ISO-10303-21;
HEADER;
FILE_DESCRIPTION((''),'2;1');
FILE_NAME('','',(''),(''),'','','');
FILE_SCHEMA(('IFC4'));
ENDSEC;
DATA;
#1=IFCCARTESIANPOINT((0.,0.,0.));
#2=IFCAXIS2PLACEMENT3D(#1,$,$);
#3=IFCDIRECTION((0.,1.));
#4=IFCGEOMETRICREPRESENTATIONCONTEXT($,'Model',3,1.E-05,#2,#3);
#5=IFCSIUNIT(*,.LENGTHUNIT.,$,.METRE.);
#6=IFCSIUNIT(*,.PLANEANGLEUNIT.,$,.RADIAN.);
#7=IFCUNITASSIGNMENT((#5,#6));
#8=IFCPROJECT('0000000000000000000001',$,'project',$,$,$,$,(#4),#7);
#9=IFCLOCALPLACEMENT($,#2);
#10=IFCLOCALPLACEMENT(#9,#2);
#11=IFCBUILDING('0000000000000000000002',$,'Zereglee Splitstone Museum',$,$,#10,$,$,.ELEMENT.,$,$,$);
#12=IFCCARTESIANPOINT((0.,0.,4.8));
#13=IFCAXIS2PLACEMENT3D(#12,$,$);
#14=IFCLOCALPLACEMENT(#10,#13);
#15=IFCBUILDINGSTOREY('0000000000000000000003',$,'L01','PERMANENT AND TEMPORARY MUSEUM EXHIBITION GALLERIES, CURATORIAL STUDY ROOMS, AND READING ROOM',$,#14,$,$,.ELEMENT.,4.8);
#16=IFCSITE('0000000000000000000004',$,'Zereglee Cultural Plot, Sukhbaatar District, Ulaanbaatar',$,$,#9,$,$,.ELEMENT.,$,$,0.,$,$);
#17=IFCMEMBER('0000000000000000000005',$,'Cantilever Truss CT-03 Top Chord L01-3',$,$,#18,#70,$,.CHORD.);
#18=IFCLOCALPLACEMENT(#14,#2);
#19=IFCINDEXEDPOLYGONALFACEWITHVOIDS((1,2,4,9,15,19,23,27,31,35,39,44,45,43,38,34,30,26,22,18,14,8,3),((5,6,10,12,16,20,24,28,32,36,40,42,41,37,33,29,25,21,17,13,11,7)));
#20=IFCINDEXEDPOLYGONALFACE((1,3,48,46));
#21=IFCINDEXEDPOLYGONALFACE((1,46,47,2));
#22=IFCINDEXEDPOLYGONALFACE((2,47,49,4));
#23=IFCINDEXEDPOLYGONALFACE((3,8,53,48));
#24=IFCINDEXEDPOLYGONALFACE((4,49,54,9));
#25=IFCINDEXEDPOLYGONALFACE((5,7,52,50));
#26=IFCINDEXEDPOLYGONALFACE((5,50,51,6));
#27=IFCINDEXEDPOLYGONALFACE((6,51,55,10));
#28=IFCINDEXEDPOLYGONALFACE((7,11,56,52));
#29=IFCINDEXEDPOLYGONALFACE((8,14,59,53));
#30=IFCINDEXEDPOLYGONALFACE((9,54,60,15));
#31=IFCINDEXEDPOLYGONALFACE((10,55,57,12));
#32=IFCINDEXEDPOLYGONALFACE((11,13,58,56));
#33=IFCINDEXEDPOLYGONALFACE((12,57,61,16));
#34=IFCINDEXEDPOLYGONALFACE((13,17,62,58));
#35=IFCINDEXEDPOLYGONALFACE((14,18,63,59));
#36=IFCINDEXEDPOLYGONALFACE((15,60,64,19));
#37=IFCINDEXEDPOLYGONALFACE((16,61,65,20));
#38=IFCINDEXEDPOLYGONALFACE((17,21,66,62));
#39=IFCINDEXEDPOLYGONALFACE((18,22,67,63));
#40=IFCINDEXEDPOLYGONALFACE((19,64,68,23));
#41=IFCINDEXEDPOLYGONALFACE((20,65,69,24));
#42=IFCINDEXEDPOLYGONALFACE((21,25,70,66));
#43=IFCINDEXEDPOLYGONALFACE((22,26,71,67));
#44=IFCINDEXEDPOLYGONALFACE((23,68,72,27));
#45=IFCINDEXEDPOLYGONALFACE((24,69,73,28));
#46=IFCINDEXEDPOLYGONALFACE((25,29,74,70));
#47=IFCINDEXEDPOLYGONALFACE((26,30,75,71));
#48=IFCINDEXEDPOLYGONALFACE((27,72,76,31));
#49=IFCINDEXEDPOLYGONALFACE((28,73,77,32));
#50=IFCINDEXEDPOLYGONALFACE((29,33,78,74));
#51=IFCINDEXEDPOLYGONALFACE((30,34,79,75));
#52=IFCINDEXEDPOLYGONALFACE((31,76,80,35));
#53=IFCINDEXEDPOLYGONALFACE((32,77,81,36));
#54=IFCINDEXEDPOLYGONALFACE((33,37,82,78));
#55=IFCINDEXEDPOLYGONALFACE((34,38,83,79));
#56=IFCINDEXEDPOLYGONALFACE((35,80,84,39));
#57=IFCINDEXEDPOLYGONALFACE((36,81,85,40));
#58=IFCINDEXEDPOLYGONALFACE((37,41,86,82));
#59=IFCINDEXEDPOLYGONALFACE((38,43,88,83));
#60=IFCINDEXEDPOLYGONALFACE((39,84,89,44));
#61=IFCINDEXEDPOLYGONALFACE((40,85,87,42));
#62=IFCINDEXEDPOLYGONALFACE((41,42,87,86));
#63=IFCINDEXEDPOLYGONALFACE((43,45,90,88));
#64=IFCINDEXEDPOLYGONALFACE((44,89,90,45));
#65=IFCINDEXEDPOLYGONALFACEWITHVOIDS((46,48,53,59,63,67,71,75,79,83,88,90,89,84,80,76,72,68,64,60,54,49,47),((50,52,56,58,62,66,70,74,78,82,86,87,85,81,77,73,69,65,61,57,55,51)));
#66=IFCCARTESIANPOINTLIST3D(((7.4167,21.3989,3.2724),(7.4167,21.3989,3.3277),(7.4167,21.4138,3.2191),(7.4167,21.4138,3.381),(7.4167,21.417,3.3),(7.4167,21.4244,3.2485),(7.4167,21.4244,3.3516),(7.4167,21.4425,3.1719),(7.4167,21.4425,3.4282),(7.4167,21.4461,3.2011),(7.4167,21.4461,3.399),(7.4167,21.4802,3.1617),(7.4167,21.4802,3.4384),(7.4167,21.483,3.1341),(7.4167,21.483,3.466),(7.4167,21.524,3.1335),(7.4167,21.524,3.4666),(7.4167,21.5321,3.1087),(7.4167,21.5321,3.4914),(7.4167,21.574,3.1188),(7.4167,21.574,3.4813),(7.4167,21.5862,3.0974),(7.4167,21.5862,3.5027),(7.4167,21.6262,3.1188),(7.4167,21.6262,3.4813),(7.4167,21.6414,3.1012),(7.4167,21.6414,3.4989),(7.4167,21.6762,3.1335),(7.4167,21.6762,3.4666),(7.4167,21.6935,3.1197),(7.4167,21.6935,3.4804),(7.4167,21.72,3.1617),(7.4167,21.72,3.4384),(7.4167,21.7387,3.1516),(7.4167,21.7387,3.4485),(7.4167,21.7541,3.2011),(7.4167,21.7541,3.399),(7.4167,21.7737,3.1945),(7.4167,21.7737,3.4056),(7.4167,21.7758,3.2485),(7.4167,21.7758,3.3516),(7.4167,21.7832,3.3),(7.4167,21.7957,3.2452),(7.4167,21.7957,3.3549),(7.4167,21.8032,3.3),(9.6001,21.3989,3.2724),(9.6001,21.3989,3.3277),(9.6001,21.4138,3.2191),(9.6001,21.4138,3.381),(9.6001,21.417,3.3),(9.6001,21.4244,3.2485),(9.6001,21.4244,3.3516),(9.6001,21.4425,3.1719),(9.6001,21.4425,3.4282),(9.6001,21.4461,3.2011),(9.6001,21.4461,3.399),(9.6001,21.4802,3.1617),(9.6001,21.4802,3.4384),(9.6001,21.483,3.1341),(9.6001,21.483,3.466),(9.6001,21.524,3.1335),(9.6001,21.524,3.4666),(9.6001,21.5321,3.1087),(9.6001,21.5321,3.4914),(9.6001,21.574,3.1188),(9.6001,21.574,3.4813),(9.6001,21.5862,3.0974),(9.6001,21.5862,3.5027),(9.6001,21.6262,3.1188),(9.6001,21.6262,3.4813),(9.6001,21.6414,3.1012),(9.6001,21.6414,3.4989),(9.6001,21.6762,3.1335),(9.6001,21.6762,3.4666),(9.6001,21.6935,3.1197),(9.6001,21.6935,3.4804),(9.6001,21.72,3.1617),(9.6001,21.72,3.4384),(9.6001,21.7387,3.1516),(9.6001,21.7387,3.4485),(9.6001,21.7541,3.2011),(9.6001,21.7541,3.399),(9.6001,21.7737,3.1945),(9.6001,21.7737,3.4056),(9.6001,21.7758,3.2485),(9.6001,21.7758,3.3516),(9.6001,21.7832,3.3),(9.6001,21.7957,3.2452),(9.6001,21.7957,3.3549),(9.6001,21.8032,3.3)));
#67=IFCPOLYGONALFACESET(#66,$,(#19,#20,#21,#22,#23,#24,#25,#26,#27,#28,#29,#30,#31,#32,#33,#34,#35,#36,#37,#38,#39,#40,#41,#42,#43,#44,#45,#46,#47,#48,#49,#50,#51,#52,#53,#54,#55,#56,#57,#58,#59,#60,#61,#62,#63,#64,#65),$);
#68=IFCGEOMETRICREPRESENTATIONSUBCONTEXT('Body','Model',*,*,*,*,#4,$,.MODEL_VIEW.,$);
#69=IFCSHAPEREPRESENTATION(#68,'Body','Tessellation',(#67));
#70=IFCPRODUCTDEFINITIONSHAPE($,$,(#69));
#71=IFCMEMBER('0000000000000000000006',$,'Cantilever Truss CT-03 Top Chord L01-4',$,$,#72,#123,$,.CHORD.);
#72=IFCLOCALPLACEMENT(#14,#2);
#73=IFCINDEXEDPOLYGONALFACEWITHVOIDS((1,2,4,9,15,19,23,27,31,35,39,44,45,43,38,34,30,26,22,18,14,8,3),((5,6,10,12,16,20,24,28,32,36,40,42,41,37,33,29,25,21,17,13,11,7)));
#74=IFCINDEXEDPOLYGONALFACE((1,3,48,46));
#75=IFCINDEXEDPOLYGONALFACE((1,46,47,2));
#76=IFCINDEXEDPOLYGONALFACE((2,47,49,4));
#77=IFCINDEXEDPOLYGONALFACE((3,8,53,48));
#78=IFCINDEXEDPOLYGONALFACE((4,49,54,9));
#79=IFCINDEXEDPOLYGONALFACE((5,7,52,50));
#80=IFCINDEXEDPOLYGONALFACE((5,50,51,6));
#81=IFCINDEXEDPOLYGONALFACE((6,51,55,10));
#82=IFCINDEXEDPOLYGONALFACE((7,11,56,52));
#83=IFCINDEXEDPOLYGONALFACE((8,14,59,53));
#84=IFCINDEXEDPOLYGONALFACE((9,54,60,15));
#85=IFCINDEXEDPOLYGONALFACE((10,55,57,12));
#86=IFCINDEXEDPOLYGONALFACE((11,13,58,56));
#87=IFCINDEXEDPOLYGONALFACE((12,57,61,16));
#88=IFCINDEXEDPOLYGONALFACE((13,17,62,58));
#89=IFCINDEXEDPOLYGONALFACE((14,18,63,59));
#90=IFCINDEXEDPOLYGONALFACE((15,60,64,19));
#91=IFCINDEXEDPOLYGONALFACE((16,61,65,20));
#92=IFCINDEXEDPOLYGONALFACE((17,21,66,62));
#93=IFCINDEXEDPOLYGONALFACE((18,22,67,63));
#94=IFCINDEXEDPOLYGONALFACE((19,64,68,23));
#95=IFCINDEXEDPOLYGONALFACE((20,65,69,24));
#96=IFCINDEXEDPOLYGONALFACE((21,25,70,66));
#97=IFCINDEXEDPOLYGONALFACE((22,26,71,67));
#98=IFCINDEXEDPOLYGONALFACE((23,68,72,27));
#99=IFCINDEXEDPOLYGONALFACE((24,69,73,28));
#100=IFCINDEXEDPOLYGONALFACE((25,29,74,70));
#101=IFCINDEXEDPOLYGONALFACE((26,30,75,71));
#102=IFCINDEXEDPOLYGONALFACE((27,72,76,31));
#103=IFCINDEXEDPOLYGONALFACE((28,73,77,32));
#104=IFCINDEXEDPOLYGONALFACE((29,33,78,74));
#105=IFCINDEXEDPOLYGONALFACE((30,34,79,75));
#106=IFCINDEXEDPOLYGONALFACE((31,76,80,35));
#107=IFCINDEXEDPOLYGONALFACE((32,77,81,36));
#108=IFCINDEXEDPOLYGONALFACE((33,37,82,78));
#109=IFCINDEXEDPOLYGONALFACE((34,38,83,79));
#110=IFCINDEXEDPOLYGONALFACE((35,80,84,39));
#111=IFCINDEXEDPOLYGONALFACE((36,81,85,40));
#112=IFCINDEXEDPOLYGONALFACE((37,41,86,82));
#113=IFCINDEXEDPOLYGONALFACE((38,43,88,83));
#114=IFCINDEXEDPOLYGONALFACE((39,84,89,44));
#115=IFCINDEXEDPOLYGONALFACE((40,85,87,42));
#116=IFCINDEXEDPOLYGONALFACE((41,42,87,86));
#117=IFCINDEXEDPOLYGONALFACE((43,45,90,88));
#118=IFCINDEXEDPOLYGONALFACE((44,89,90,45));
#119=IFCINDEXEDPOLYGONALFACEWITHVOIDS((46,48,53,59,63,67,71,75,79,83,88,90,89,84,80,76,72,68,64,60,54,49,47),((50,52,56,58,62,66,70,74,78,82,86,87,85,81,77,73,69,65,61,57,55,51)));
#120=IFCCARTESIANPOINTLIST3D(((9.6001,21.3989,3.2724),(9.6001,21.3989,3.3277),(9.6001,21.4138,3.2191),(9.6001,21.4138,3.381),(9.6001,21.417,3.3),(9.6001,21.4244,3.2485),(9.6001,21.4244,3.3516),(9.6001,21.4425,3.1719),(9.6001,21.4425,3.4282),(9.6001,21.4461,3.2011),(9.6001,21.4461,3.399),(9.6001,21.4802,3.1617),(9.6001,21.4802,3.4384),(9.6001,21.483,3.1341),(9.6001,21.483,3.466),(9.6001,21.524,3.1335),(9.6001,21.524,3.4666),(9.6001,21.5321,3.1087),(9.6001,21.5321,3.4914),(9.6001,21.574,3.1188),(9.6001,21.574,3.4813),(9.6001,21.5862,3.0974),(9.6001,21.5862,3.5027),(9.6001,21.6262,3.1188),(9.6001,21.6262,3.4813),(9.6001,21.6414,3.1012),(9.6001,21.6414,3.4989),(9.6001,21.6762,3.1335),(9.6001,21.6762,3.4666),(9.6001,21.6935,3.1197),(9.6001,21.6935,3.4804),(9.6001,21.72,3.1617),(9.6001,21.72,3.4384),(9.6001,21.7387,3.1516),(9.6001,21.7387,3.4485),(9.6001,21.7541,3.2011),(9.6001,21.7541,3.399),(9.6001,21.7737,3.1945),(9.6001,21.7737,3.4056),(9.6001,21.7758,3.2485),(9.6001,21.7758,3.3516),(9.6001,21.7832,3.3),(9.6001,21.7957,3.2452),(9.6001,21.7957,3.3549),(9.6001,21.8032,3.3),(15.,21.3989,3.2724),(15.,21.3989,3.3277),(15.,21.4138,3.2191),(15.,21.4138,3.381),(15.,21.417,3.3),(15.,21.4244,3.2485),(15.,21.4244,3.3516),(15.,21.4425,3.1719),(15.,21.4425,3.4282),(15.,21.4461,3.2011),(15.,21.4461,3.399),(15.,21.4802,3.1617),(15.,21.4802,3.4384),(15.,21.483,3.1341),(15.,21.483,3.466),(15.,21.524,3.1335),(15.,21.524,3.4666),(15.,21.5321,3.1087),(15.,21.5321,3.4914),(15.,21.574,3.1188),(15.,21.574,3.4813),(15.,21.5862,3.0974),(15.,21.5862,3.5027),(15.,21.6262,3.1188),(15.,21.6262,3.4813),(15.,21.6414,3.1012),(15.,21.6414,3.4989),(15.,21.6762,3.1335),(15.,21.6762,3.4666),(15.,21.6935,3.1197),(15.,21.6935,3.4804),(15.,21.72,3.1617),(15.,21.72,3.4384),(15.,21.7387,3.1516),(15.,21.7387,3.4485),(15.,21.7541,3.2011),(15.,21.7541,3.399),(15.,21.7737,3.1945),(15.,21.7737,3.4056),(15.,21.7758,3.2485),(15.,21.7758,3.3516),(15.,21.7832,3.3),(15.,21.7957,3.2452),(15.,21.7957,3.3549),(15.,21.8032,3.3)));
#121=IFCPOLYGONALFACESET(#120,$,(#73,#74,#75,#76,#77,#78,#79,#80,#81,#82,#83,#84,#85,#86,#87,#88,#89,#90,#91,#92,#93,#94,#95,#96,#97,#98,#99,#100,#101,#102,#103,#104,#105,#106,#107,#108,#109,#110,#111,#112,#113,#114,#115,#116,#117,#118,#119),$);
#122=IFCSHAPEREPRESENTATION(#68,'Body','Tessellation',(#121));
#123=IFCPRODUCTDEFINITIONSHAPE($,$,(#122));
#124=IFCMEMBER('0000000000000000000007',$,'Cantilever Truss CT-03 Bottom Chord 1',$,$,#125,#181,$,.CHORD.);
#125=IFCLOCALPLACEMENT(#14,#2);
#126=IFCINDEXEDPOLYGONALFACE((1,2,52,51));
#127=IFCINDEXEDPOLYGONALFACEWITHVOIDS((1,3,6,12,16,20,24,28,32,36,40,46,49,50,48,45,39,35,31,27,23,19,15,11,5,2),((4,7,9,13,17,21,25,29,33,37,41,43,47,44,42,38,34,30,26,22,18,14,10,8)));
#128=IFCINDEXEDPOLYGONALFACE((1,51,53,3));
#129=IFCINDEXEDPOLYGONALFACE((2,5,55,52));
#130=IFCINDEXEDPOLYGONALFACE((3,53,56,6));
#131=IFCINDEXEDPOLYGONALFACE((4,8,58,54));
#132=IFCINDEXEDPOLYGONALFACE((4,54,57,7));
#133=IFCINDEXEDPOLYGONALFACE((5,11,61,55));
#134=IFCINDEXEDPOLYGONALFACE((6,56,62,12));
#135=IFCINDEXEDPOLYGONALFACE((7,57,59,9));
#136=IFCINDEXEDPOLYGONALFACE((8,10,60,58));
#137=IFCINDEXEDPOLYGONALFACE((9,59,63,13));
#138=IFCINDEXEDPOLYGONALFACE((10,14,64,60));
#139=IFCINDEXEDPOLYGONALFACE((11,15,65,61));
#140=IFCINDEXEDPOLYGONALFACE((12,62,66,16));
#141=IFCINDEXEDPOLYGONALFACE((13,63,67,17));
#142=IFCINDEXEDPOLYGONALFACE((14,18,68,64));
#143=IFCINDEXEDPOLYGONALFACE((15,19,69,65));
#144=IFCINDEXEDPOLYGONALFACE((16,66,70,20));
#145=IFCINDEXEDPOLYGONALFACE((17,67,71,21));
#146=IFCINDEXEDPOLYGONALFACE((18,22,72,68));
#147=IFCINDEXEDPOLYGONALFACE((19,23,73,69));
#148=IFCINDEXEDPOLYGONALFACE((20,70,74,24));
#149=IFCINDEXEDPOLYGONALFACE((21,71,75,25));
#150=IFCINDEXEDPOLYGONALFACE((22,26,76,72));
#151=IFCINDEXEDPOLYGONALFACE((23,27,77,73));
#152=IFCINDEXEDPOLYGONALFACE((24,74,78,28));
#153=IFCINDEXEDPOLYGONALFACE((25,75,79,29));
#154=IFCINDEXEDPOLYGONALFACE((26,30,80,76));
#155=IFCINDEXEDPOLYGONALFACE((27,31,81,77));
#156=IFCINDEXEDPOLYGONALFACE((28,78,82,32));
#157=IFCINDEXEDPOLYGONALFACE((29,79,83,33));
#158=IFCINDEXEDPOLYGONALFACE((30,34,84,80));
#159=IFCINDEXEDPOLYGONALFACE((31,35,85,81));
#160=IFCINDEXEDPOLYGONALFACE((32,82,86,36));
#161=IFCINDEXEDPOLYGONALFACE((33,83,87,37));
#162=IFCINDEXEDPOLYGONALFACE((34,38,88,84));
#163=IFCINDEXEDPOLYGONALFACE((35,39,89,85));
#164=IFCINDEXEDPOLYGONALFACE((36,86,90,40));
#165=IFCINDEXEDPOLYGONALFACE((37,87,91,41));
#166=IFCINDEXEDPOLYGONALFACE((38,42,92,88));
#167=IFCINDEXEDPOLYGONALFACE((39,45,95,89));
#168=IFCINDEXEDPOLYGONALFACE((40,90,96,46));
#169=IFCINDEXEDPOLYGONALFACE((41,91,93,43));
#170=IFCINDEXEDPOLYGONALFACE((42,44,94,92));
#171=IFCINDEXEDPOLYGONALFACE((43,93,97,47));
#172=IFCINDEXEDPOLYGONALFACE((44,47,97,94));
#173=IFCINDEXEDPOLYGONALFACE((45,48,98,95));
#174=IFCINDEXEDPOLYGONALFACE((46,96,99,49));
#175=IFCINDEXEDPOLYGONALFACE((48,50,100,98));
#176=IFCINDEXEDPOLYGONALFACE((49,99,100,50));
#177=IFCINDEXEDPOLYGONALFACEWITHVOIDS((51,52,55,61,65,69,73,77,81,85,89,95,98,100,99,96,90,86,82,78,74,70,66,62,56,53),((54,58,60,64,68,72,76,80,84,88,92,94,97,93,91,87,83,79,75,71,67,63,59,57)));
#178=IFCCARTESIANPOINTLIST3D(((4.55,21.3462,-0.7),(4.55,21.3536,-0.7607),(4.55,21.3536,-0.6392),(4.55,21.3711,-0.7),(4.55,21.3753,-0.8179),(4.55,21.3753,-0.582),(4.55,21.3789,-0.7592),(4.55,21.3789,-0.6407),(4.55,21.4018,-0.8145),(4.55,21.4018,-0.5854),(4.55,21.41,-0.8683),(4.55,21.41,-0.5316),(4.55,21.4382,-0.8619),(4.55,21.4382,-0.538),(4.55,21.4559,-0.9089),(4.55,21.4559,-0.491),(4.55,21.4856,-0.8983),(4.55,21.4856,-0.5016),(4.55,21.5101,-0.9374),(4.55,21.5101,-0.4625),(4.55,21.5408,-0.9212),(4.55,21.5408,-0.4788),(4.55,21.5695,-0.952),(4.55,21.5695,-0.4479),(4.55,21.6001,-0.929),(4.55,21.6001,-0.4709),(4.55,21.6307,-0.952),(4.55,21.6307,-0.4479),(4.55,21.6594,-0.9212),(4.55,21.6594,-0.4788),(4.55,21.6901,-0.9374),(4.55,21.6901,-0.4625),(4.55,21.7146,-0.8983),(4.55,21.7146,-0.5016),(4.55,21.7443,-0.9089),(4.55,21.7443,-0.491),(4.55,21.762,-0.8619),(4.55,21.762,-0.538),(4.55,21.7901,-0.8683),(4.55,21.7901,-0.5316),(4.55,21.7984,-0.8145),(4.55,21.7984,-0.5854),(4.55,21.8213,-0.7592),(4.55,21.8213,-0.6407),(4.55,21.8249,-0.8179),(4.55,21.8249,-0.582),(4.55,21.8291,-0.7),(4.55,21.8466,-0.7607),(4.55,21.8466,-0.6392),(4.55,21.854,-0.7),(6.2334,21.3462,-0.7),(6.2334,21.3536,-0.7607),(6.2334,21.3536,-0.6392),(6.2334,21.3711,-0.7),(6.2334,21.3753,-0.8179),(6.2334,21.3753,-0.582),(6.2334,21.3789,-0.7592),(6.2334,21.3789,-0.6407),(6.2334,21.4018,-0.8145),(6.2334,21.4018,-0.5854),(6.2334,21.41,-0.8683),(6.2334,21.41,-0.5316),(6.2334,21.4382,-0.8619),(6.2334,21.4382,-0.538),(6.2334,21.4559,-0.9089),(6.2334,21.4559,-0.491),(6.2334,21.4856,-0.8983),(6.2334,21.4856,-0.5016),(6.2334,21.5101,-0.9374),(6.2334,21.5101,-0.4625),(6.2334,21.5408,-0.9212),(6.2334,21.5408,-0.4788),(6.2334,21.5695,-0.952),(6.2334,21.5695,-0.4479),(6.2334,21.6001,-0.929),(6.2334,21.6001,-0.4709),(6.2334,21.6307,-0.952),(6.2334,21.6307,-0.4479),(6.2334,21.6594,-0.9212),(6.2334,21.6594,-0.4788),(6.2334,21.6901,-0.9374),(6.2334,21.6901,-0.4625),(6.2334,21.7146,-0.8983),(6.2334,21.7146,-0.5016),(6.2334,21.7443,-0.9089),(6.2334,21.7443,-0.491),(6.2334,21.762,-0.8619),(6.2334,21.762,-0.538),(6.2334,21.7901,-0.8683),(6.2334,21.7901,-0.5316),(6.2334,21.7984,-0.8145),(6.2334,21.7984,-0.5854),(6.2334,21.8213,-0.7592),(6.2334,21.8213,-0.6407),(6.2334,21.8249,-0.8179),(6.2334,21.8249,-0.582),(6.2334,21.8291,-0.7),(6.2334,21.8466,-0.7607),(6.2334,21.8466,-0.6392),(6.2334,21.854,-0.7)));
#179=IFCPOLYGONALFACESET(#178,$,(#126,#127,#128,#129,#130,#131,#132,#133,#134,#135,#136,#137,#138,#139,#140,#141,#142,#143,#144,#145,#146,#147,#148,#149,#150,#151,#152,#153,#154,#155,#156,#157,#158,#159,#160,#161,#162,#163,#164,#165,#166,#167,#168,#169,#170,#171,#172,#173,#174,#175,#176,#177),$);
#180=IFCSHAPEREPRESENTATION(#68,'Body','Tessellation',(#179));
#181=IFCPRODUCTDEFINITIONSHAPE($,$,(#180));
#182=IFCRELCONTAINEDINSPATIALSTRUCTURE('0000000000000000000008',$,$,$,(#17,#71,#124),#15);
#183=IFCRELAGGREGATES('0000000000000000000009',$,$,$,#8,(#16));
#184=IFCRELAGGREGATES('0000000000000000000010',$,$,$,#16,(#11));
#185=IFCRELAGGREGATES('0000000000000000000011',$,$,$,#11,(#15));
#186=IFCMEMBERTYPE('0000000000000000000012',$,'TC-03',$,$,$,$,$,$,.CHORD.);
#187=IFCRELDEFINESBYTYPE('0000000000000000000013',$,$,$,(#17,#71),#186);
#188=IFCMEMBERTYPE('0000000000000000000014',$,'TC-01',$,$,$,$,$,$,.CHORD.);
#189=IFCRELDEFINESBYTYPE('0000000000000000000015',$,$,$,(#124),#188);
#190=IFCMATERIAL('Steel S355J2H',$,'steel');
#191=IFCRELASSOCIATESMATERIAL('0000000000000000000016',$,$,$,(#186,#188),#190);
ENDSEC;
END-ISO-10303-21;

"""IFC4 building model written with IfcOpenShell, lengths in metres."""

from ifc_helpers import new_model, si_unit, direction, frame, origin, origin_2d, place, context, subcontext, project, spatial, hollow_circle, extrude, material, material_profile, profile_set, type_object, element, save


model = new_model("IFC4")

# Units and contexts
model_context = context("Model", 3, precision=1e-05, world=origin(), true_north=direction((0.0, 1.0)))
body_context = subcontext(model_context, "Body", "Model", "MODEL_VIEW")
ifc_project = project(units=[si_unit("LENGTHUNIT", "METRE"), si_unit("PLANEANGLEUNIT", "RADIAN")], contexts=[model_context])

# Site, building, storey
site_placement = place(None, origin())
site = spatial("IfcSite", under=ifc_project, at=site_placement, Name="Zereglee Cultural Plot, Sukhbaatar District, Ulaanbaatar", CompositionType="ELEMENT", RefElevation=0.0)
building_placement = place(site_placement, origin())
building = spatial("IfcBuilding", under=site, at=building_placement, Name="Zereglee Splitstone Museum", CompositionType="ELEMENT")
storey_placement = place(building_placement, frame((0.0, 0.0, 4.8)))
storey = spatial("IfcBuildingStorey", under=building, at=storey_placement, Name="L01", Description="PERMANENT AND TEMPORARY MUSEUM EXHIBITION GALLERIES, CURATORIAL STUDY ROOMS, AND READING ROOM", CompositionType="ELEMENT", Elevation=4.8)

# Members
ifc_material_1 = material(Name="Steel S355J2H", Category="steel")
ifc_material_profile_1 = material_profile(ifc_material_1, hollow_circle(Radius=0.2031, WallThickness=0.02, at=origin_2d()), Name="CHS 406.4x20")
ifc_profile_set_1 = profile_set([ifc_material_profile_1], Name="Steel S355J2H")
member_type_1 = type_object("IfcMemberType", Name="TC-03", PredefinedType="CHORD", material=ifc_profile_set_1)
for number, where, z_axis, x_axis, name in (
    (1, (7.4167, 21.6001, 3.3), (1.0, 0.0, 0.0), (0.0, 1.0, 0.0), "Cantilever Truss CT-03 Top Chord L01-3"),
):
    element("IfcMember", number, at=place(storey_placement, frame(where, z_axis=z_axis, x_axis=x_axis)), inside=storey, type_object=member_type_1, Name=name, PredefinedType="CHORD", context=body_context, shape_type="SweptSolid", body=[
        extrude(hollow_circle(Radius=0.2031, WallThickness=0.02, at=origin_2d()), origin(), (0.0, 0.0, 1.0), 2.1833),
    ])
member_1_placement = place(storey_placement, frame((9.6001, 21.6001, 3.3), z_axis=(1.0, 0.0, 0.0), x_axis=(0.0, 1.0, 0.0)))
element("IfcMember", 2, at=member_1_placement, inside=storey, type_object=member_type_1, Name="Cantilever Truss CT-03 Top Chord L01-4", PredefinedType="CHORD", context=body_context, shape_type="SweptSolid", body=[
    extrude(hollow_circle(Radius=0.2031, WallThickness=0.02, at=origin_2d()), origin(), (0.0, 0.0, 1.0), 5.3999),
])
ifc_material_profile_2 = material_profile(ifc_material_1, hollow_circle(Radius=0.2539, WallThickness=0.0249, at=origin_2d()), Name="CHS 508.0x25")
ifc_profile_set_2 = profile_set([ifc_material_profile_2], Name="Steel S355J2H")
member_type_2 = type_object("IfcMemberType", Name="TC-01", PredefinedType="CHORD", material=ifc_profile_set_2)
for number, where, z_axis, x_axis, name in (
    (3, (4.55, 21.6001, -0.7), (1.0, 0.0, 0.0), (0.0, 1.0, 0.0), "Cantilever Truss CT-03 Bottom Chord 1"),
):
    element("IfcMember", number, at=place(storey_placement, frame(where, z_axis=z_axis, x_axis=x_axis)), inside=storey, type_object=member_type_2, Name=name, PredefinedType="CHORD", context=body_context, shape_type="SweptSolid", body=[
        extrude(hollow_circle(Radius=0.2539, WallThickness=0.0249, at=origin_2d()), origin(), (0.0, 0.0, 1.0), 1.6833),
    ])

save(model, "model.ifc")
